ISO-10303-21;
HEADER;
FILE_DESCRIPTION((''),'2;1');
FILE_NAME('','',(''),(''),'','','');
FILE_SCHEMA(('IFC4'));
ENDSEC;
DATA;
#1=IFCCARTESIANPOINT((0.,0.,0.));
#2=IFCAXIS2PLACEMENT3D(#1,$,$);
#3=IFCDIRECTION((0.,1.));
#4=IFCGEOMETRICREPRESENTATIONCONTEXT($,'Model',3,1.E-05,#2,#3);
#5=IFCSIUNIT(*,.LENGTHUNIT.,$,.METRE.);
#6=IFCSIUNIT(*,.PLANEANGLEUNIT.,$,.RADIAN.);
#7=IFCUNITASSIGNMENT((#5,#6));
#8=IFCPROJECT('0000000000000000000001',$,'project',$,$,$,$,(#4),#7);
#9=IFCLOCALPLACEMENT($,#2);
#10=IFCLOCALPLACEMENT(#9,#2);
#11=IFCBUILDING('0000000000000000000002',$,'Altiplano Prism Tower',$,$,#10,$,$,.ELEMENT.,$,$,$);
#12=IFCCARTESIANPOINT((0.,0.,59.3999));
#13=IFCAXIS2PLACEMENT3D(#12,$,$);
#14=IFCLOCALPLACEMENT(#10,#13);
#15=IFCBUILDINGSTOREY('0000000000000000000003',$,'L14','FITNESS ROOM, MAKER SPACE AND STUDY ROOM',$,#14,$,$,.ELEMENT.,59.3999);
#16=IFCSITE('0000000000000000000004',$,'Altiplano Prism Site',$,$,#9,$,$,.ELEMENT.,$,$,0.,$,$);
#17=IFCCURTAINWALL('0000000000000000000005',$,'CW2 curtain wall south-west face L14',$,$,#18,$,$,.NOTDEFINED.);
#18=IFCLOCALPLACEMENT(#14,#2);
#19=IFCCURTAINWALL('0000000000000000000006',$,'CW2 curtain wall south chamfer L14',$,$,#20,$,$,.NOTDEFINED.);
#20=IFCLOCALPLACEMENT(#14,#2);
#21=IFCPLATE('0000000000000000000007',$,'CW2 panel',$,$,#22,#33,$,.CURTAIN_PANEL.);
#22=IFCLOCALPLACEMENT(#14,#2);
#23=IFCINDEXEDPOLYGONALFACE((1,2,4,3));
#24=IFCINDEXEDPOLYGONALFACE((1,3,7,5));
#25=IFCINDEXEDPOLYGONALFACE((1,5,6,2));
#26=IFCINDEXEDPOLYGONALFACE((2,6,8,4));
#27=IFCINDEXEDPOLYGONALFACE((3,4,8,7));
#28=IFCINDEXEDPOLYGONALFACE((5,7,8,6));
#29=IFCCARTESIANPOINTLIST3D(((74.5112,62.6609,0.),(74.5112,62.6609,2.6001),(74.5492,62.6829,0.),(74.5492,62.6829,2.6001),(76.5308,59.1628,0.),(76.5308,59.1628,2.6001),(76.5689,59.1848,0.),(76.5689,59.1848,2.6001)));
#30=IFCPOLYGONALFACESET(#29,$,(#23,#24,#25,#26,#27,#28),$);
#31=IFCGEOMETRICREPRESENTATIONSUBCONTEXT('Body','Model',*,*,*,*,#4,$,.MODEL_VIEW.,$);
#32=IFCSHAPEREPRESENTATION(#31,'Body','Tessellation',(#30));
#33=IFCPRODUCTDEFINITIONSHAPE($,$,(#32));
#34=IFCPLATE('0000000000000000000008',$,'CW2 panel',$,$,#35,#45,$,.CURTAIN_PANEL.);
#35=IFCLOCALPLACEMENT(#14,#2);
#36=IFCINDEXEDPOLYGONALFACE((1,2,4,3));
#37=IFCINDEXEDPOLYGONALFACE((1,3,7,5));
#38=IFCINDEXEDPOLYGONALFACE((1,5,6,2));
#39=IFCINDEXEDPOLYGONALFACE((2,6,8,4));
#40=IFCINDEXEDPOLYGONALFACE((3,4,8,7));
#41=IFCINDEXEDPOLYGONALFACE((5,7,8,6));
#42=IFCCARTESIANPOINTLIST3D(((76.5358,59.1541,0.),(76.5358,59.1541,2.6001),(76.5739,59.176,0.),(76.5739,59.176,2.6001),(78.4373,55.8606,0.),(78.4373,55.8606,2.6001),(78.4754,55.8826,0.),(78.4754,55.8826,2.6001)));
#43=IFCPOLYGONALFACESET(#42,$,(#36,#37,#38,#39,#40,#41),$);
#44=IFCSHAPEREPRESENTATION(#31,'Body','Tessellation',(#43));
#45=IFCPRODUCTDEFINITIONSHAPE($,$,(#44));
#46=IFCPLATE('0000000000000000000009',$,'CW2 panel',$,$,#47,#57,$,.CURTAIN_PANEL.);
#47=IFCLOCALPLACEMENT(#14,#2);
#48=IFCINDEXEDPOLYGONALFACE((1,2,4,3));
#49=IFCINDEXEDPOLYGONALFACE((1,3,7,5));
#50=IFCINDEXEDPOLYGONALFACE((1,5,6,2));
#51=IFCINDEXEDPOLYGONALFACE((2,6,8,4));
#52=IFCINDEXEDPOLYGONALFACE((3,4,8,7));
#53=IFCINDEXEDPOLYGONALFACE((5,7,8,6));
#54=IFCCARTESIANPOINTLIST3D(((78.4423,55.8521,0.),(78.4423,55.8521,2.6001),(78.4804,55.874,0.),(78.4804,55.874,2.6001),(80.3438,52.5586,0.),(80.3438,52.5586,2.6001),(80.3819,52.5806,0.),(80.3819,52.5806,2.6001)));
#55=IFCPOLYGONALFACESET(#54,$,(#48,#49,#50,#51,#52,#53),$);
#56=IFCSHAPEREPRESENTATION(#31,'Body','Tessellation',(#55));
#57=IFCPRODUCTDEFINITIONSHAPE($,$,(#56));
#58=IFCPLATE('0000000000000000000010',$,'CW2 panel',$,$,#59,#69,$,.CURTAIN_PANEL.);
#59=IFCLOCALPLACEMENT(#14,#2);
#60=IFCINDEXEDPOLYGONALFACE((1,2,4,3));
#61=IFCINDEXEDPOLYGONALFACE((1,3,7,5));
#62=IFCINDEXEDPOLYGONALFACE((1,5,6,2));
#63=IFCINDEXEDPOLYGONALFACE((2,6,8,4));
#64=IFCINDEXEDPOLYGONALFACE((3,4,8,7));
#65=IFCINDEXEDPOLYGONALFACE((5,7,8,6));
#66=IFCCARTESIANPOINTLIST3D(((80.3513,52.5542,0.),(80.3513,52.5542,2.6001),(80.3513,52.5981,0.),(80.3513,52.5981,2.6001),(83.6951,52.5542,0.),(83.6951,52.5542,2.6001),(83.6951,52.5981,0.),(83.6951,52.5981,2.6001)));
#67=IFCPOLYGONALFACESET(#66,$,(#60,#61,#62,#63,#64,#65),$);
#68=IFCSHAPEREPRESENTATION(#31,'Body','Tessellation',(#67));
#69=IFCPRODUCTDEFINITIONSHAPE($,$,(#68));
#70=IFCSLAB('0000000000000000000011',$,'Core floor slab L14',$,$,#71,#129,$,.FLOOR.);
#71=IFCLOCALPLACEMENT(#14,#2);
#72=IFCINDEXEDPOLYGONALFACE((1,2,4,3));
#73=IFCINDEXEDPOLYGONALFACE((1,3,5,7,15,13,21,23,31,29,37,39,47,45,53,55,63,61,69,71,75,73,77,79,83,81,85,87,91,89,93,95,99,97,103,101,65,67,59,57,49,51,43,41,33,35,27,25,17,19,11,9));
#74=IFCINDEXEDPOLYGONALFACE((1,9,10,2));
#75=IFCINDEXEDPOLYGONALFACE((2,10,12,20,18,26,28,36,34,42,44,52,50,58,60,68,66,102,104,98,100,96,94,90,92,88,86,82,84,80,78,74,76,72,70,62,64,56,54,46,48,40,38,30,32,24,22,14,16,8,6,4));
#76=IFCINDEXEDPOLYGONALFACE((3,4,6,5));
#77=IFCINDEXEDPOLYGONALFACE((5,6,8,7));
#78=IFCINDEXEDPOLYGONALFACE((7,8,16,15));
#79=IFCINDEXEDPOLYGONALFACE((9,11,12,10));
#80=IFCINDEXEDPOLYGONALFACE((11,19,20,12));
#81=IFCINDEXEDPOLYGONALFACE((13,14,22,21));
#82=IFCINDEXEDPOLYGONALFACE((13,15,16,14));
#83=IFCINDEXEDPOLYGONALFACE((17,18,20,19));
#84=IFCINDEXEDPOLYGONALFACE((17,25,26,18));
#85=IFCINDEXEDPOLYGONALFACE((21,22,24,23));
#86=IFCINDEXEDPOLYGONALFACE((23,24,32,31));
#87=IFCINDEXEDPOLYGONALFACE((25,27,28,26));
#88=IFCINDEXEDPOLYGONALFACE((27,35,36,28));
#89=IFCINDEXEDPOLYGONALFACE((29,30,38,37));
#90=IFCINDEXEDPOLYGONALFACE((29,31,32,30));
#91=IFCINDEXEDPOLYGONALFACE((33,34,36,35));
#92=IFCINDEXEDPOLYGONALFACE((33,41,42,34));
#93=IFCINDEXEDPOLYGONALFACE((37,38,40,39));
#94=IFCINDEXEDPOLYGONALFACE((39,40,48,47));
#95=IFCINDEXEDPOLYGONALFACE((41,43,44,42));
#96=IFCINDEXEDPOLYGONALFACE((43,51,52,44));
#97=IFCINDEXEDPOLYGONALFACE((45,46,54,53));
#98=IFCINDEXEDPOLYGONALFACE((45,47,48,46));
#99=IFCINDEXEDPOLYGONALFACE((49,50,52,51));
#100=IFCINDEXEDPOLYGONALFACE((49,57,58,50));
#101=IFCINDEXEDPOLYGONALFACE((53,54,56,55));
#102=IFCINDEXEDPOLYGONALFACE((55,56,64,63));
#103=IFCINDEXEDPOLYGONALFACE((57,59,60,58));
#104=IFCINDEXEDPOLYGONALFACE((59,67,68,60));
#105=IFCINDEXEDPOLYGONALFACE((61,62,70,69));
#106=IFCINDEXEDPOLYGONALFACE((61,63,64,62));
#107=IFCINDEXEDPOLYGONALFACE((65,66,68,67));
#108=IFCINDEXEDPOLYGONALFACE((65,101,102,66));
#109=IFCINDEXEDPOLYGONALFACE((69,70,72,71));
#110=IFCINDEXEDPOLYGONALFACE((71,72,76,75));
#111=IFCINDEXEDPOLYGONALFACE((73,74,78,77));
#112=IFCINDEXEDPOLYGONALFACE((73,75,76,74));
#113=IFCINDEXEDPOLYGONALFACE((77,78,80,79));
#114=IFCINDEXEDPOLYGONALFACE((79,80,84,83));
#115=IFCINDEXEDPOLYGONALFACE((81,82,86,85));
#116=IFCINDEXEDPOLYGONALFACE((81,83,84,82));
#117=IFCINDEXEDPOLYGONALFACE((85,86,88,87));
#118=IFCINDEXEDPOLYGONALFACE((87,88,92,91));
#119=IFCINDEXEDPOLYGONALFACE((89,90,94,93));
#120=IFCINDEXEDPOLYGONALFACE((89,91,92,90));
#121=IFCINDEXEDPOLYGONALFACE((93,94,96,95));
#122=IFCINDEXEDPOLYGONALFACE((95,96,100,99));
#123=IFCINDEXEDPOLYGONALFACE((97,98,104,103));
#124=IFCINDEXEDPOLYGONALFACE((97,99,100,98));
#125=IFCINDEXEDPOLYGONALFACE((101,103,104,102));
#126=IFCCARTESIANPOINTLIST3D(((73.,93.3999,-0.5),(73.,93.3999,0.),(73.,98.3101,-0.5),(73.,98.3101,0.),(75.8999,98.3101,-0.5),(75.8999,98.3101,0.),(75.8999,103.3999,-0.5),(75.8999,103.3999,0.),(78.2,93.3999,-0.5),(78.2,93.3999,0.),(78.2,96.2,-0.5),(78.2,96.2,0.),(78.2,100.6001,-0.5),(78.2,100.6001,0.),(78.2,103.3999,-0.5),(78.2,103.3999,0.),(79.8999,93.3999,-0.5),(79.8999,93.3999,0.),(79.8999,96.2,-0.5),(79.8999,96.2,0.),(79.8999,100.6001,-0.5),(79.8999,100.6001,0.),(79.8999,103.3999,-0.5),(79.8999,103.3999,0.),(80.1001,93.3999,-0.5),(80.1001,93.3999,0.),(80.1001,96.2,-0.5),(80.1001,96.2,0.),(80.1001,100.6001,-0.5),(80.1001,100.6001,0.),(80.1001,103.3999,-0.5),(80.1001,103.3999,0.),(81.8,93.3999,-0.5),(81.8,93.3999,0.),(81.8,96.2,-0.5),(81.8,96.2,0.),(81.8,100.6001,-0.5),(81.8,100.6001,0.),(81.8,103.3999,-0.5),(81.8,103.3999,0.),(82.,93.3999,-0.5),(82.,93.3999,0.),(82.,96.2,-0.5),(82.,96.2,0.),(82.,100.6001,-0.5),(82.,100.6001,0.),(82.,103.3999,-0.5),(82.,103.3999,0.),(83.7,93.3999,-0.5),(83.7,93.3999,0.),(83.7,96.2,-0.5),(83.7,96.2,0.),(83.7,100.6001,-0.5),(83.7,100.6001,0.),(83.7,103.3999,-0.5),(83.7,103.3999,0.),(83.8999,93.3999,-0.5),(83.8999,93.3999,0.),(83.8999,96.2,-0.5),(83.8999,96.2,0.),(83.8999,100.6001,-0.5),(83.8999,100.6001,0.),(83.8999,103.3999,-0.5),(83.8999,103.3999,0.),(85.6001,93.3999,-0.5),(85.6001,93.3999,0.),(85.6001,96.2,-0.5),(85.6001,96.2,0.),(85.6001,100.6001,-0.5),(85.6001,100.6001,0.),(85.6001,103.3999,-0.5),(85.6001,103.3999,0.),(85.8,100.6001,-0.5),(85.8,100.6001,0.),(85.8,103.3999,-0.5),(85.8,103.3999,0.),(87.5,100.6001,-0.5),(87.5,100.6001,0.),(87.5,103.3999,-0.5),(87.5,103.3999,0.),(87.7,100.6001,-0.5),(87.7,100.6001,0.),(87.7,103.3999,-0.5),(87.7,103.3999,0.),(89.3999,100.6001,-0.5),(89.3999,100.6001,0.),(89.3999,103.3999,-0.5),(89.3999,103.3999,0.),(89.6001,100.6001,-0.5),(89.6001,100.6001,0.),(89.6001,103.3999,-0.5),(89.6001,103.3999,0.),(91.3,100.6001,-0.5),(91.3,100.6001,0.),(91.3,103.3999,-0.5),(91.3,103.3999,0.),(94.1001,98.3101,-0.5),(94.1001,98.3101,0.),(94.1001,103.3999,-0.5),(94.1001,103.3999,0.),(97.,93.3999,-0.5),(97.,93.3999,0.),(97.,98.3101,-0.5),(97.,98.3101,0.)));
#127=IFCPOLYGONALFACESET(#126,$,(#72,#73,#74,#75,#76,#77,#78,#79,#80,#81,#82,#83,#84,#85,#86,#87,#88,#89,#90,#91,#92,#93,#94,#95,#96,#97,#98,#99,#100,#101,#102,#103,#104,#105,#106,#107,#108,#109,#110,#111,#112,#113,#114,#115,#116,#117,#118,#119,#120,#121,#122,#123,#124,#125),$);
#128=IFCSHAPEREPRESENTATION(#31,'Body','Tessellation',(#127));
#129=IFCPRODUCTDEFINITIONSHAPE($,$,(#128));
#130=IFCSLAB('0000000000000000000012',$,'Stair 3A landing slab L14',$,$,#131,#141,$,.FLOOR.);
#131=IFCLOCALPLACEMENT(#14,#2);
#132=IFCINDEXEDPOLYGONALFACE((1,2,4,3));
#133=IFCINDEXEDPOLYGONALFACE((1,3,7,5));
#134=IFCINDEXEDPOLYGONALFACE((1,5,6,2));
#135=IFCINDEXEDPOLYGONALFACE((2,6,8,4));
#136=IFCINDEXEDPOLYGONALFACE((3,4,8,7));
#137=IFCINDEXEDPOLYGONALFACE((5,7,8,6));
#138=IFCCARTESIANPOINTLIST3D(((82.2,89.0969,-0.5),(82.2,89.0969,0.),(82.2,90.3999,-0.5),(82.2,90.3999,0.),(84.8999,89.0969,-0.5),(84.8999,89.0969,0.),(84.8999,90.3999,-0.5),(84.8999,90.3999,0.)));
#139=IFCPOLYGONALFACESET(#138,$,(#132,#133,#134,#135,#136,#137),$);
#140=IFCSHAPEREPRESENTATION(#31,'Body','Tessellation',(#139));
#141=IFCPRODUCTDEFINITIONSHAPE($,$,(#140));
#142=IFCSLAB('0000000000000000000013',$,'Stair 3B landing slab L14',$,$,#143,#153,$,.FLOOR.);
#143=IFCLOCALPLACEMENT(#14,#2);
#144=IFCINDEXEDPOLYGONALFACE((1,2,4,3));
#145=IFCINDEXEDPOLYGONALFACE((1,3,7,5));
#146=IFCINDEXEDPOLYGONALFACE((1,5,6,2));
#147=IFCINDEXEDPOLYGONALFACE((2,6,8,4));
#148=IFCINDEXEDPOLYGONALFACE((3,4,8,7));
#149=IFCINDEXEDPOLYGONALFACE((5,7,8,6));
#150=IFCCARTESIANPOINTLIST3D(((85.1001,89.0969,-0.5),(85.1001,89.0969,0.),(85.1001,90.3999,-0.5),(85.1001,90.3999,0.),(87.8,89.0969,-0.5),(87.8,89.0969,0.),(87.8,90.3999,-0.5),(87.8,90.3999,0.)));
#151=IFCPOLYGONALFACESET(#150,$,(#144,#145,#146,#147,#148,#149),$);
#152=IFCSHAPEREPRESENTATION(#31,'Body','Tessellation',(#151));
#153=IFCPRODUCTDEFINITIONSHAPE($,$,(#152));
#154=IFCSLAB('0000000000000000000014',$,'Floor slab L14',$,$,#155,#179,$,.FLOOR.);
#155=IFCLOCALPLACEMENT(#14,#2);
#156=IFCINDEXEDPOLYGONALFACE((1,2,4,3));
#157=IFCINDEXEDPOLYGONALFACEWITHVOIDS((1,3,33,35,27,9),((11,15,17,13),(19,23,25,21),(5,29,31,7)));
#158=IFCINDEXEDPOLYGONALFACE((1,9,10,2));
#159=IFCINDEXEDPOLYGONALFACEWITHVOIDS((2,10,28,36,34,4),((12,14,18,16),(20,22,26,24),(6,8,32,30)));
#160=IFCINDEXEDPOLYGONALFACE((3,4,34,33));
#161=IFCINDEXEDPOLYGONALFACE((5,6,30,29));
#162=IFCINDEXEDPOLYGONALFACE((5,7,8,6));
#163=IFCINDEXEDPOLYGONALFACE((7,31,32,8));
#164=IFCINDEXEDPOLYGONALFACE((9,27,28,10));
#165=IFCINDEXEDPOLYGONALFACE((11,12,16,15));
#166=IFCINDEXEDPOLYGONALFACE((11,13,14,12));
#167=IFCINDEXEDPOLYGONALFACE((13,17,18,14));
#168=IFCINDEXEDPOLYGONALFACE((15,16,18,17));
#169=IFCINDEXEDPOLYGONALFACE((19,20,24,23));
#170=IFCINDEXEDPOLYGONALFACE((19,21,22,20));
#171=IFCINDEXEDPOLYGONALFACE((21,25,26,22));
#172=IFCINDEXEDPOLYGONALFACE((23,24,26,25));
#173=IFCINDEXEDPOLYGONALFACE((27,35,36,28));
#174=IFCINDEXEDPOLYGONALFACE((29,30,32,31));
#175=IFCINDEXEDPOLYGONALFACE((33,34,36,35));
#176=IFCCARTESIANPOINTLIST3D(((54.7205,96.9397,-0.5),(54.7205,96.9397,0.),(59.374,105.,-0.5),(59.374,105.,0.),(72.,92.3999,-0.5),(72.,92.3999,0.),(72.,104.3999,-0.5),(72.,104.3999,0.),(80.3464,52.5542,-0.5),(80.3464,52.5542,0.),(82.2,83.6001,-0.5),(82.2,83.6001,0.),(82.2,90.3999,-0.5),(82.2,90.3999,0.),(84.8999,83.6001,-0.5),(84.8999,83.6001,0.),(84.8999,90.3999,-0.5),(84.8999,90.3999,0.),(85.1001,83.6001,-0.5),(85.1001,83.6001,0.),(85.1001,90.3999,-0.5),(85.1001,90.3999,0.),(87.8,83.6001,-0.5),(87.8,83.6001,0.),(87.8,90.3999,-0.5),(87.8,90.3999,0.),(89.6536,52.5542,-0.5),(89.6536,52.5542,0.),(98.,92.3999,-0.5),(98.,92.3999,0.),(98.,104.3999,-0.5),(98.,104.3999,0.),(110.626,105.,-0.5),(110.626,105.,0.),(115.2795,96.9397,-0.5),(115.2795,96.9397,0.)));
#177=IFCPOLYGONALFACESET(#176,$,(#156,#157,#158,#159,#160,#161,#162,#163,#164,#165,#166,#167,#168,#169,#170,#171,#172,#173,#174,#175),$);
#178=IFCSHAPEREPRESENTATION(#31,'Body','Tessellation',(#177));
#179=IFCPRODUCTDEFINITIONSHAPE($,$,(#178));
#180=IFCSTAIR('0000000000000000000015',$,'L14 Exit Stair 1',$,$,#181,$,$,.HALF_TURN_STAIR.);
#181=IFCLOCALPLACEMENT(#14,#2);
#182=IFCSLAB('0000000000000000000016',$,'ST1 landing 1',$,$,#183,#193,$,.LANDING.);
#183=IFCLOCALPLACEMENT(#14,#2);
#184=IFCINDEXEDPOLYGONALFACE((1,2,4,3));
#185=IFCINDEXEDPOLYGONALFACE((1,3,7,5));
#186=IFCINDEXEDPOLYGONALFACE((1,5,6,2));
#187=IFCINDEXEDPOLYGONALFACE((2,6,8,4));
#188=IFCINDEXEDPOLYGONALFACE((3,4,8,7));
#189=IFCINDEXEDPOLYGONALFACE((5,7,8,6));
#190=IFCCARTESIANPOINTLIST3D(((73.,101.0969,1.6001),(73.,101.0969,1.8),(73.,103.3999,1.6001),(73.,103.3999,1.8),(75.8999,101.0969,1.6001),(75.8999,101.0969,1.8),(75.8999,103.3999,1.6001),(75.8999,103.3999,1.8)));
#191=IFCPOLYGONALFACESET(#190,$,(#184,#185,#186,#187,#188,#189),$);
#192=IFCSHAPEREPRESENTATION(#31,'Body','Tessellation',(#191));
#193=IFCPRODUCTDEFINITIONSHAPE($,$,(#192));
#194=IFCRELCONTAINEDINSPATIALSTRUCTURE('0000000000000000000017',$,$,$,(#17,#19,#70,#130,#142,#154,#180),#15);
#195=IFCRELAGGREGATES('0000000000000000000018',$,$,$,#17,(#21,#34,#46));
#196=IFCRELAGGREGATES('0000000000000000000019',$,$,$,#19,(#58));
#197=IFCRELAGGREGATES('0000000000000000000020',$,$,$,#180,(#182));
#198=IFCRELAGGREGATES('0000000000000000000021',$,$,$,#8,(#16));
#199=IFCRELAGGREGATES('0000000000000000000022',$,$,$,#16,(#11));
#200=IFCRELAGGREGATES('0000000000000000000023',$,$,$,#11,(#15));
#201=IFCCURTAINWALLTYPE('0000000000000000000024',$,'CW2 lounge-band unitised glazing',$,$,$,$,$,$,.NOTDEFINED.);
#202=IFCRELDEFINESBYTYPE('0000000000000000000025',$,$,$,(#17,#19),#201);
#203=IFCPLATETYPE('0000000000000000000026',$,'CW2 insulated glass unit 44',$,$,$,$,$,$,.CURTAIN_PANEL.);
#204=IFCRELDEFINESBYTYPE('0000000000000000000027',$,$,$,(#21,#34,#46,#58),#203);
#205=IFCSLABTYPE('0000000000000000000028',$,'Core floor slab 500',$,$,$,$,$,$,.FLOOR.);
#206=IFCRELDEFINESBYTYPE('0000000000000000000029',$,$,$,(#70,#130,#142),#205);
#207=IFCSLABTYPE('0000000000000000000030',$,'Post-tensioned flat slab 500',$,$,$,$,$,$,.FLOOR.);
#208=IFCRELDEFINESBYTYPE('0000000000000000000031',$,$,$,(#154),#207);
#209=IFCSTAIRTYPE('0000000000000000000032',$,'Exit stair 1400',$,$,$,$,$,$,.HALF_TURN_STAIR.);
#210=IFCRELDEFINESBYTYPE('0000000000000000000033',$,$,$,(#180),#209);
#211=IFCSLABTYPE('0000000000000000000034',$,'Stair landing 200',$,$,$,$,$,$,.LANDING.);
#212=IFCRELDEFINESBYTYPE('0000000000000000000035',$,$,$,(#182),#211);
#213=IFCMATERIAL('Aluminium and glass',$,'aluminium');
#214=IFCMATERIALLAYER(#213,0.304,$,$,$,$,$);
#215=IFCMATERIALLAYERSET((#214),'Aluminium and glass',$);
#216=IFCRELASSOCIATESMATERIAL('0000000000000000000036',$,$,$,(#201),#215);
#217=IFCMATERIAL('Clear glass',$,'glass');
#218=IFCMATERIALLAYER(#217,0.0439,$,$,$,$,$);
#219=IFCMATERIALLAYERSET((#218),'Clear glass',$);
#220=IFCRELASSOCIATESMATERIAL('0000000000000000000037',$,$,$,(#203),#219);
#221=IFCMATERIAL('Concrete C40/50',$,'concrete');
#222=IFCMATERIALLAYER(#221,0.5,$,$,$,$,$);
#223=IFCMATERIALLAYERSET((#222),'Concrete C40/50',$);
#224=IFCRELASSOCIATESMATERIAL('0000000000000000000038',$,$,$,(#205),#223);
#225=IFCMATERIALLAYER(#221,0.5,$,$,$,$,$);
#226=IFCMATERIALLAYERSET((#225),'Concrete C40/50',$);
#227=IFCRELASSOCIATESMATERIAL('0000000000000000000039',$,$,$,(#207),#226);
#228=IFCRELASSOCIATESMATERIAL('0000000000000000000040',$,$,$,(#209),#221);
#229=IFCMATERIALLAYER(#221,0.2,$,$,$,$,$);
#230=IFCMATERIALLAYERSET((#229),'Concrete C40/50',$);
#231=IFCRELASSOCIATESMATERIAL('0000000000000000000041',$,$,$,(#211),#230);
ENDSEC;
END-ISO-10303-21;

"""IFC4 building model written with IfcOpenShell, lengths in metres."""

from ifc_helpers import new_model, si_unit, direction, frame, origin, origin_2d, place, context, subcontext, project, spatial, polyline, rectangle, outline, extrude, material, layer, layer_set, type_object, element, aggregate, save


model = new_model("IFC4")

# Units and contexts
model_context = context("Model", 3, precision=1e-05, world=origin(), true_north=direction((0.0, 1.0)))
body_context = subcontext(model_context, "Body", "Model", "MODEL_VIEW")
ifc_project = project(units=[si_unit("LENGTHUNIT", "METRE"), si_unit("PLANEANGLEUNIT", "RADIAN")], contexts=[model_context])

# Site, building, storey
site_placement = place(None, origin())
site = spatial("IfcSite", under=ifc_project, at=site_placement, Name="Altiplano Prism Site", CompositionType="ELEMENT", RefElevation=0.0)
building_placement = place(site_placement, origin())
building = spatial("IfcBuilding", under=site, at=building_placement, Name="Altiplano Prism Tower", CompositionType="ELEMENT")
storey_placement = place(building_placement, frame((0.0, 0.0, 59.3999)))
storey = spatial("IfcBuildingStorey", under=building, at=storey_placement, Name="L14", Description="FITNESS ROOM, MAKER SPACE AND STUDY ROOM", CompositionType="ELEMENT", Elevation=59.3999)

# Curtain wall
ifc_material_1 = material(Name="Aluminium and glass", Category="aluminium")
ifc_layer_1 = layer(ifc_material_1, 0.304)
ifc_layer_set_1 = layer_set([ifc_layer_1], Name="Aluminium and glass")
curtain_wall_type = type_object("IfcCurtainWallType", Name="CW2 lounge-band unitised glazing", PredefinedType="NOTDEFINED", material=ifc_layer_set_1)
curtain_wall_1_placement = place(storey_placement, origin())
curtain_wall_1 = element("IfcCurtainWall", 1, at=curtain_wall_1_placement, inside=storey, type_object=curtain_wall_type, Name="CW2 curtain wall south-west face L14", PredefinedType="NOTDEFINED")

# Curtain wall
curtain_wall_2_placement = place(storey_placement, origin())
curtain_wall_2 = element("IfcCurtainWall", 2, at=curtain_wall_2_placement, inside=storey, type_object=curtain_wall_type, Name="CW2 curtain wall south chamfer L14", PredefinedType="NOTDEFINED")

# Plates
ifc_material_2 = material(Name="Clear glass", Category="glass")
ifc_layer_2 = layer(ifc_material_2, 0.0439)
ifc_layer_set_2 = layer_set([ifc_layer_2], Name="Clear glass")
plate_type = type_object("IfcPlateType", Name="CW2 insulated glass unit 44", PredefinedType="CURTAIN_PANEL", material=ifc_layer_set_2)
plate_1_placement = place(storey_placement, frame((75.54, 60.9229, 0.0), z_axis=(0.0, 0.0, 1.0), x_axis=(0.5, -0.866025, 0.0)))
plate_1 = element("IfcPlate", 3, at=plate_1_placement, type_object=plate_type, Name="CW2 panel", PredefinedType="CURTAIN_PANEL", context=body_context, shape_type="SweptSolid", body=[
    extrude(rectangle(XDim=4.0393, YDim=0.0439, at=origin_2d()), origin(), (0.0, 0.0, 1.0), 2.6001),
])
plate_2_placement = place(storey_placement, frame((77.5056, 57.5183, 0.0), z_axis=(0.0, 0.0, 1.0), x_axis=(0.5, -0.866025, 0.0)))
plate_2 = element("IfcPlate", 4, at=plate_2_placement, type_object=plate_type, Name="CW2 panel", PredefinedType="CURTAIN_PANEL", context=body_context, shape_type="SweptSolid", body=[
    extrude(rectangle(XDim=3.803, YDim=0.0439, at=origin_2d()), origin(), (0.0, 0.0, 1.0), 2.6001),
])
plate_3_placement = place(storey_placement, frame((79.4121, 54.2163, 0.0), z_axis=(0.0, 0.0, 1.0), x_axis=(0.5, -0.866025, 0.0)))
plate_3 = element("IfcPlate", 5, at=plate_3_placement, type_object=plate_type, Name="CW2 panel", PredefinedType="CURTAIN_PANEL", context=body_context, shape_type="SweptSolid", body=[
    extrude(rectangle(XDim=3.803, YDim=0.0439, at=origin_2d()), origin(), (0.0, 0.0, 1.0), 2.6001),
])
aggregate(curtain_wall_1, [plate_1, plate_2, plate_3])
plate_4_placement = place(storey_placement, frame((82.0232, 52.5762, 0.0), z_axis=(0.0, 0.0, 1.0), x_axis=(1.0, 0.0, 0.0)))
plate_4 = element("IfcPlate", 6, at=plate_4_placement, type_object=plate_type, Name="CW2 panel", PredefinedType="CURTAIN_PANEL", context=body_context, shape_type="SweptSolid", body=[
    extrude(rectangle(XDim=3.3438, YDim=0.0439, at=origin_2d()), origin(), (0.0, 0.0, 1.0), 2.6001),
])
aggregate(curtain_wall_2, [plate_4])

# Slabs
ifc_material_3 = material(Name="Concrete C40/50", Category="concrete")
ifc_layer_3 = layer(ifc_material_3, 0.5)
ifc_layer_set_3 = layer_set([ifc_layer_3], Name="Concrete C40/50")
slab_type_1 = type_object("IfcSlabType", Name="Core floor slab 500", PredefinedType="FLOOR", material=ifc_layer_set_3)
slab_1_placement = place(storey_placement, frame((0.0, 0.0, -0.5)))
element("IfcSlab", 7, at=slab_1_placement, inside=storey, type_object=slab_type_1, Name="Core floor slab L14", PredefinedType="FLOOR", context=body_context, shape_type="SweptSolid", body=[
    extrude(outline(polyline([(97.0, 98.3101), (94.1001, 98.3101), (94.1001, 103.3999), (91.3, 103.3999), (91.3, 100.6001), (89.6001, 100.6001), (89.6001, 103.3999), (89.3999, 103.3999), (89.3999, 100.6001), (87.7, 100.6001), (87.7, 103.3999), (87.5, 103.3999), (87.5, 100.6001), (85.8, 100.6001), (85.8, 103.3999), (85.6001, 103.3999), (85.6001, 100.6001), (83.8999, 100.6001), (83.8999, 103.3999), (83.7, 103.3999), (83.7, 100.6001), (82.0, 100.6001), (82.0, 103.3999), (81.8, 103.3999), (81.8, 100.6001), (80.1001, 100.6001), (80.1001, 103.3999), (79.8999, 103.3999), (79.8999, 100.6001), (78.2, 100.6001), (78.2, 103.3999), (75.8999, 103.3999), (75.8999, 98.3101), (73.0, 98.3101), (73.0, 93.3999), (78.2, 93.3999), (78.2, 96.2), (79.8999, 96.2), (79.8999, 93.3999), (80.1001, 93.3999), (80.1001, 96.2), (81.8, 96.2), (81.8, 93.3999), (82.0, 93.3999), (82.0, 96.2), (83.7, 96.2), (83.7, 93.3999), (83.8999, 93.3999), (83.8999, 96.2), (85.6001, 96.2), (85.6001, 93.3999), (97.0, 93.3999), (97.0, 98.3101)])), origin(), (0.0, 0.0, 1.0), 0.5),
])
slab_2_placement = place(storey_placement, frame((0.0, 0.0, -0.5)))
element("IfcSlab", 8, at=slab_2_placement, inside=storey, type_object=slab_type_1, Name="Stair 3A landing slab L14", PredefinedType="FLOOR", context=body_context, shape_type="SweptSolid", body=[
    extrude(outline(polyline([(82.2, 89.0969), (84.8999, 89.0969), (84.8999, 90.3999), (82.2, 90.3999), (82.2, 89.0969)])), origin(), (0.0, 0.0, 1.0), 0.5),
])
slab_3_placement = place(storey_placement, frame((0.0, 0.0, -0.5)))
element("IfcSlab", 9, at=slab_3_placement, inside=storey, type_object=slab_type_1, Name="Stair 3B landing slab L14", PredefinedType="FLOOR", context=body_context, shape_type="SweptSolid", body=[
    extrude(outline(polyline([(85.1001, 89.0969), (87.8, 89.0969), (87.8, 90.3999), (85.1001, 90.3999), (85.1001, 89.0969)])), origin(), (0.0, 0.0, 1.0), 0.5),
])
ifc_layer_4 = layer(ifc_material_3, 0.5)
ifc_layer_set_4 = layer_set([ifc_layer_4], Name="Concrete C40/50")
slab_type_2 = type_object("IfcSlabType", Name="Post-tensioned flat slab 500", PredefinedType="FLOOR", material=ifc_layer_set_4)
slab_4_placement = place(storey_placement, frame((0.0, 0.0, -0.5)))
element("IfcSlab", 10, at=slab_4_placement, inside=storey, type_object=slab_type_2, Name="Floor slab L14", PredefinedType="FLOOR", context=body_context, shape_type="SweptSolid", body=[
    extrude(outline(polyline([(80.3464, 52.5542), (54.7205, 96.9397), (59.374, 105.0), (110.626, 105.0), (115.2795, 96.9397), (89.6536, 52.5542), (80.3464, 52.5542)]), holes=[polyline([(72.0, 104.3999), (72.0, 92.3999), (98.0, 92.3999), (98.0, 104.3999), (72.0, 104.3999)]), polyline([(84.8999, 90.3999), (82.2, 90.3999), (82.2, 83.6001), (84.8999, 83.6001), (84.8999, 90.3999)]), polyline([(87.8, 83.6001), (87.8, 90.3999), (85.1001, 90.3999), (85.1001, 83.6001), (87.8, 83.6001)])]), origin(), (0.0, 0.0, 1.0), 0.5),
])

# Stair, slab
stair_type_1 = type_object("IfcStairType", Name="Exit stair 1400", PredefinedType="HALF_TURN_STAIR", material=ifc_material_3)
stair_1_placement = place(storey_placement, origin())
stair_1 = element("IfcStair", 11, at=stair_1_placement, inside=storey, type_object=stair_type_1, Name="L14 Exit Stair 1", PredefinedType="HALF_TURN_STAIR")
ifc_layer_5 = layer(ifc_material_3, 0.2)
ifc_layer_set_5 = layer_set([ifc_layer_5], Name="Concrete C40/50")
slab_type_3 = type_object("IfcSlabType", Name="Stair landing 200", PredefinedType="LANDING", material=ifc_layer_set_5)
slab_5_placement = place(storey_placement, frame((0.0, 0.0, 1.6001)))
slab_5 = element("IfcSlab", 12, at=slab_5_placement, type_object=slab_type_3, Name="ST1 landing 1", PredefinedType="LANDING", context=body_context, shape_type="SweptSolid", body=[
    extrude(outline(polyline([(75.8999, 101.0969), (75.8999, 103.3999), (73.0, 103.3999), (73.0, 101.0969), (75.8999, 101.0969)])), origin(), (0.0, 0.0, 1.0), 0.2),
])
aggregate(stair_1, [slab_5])

save(model, "model.ifc")
